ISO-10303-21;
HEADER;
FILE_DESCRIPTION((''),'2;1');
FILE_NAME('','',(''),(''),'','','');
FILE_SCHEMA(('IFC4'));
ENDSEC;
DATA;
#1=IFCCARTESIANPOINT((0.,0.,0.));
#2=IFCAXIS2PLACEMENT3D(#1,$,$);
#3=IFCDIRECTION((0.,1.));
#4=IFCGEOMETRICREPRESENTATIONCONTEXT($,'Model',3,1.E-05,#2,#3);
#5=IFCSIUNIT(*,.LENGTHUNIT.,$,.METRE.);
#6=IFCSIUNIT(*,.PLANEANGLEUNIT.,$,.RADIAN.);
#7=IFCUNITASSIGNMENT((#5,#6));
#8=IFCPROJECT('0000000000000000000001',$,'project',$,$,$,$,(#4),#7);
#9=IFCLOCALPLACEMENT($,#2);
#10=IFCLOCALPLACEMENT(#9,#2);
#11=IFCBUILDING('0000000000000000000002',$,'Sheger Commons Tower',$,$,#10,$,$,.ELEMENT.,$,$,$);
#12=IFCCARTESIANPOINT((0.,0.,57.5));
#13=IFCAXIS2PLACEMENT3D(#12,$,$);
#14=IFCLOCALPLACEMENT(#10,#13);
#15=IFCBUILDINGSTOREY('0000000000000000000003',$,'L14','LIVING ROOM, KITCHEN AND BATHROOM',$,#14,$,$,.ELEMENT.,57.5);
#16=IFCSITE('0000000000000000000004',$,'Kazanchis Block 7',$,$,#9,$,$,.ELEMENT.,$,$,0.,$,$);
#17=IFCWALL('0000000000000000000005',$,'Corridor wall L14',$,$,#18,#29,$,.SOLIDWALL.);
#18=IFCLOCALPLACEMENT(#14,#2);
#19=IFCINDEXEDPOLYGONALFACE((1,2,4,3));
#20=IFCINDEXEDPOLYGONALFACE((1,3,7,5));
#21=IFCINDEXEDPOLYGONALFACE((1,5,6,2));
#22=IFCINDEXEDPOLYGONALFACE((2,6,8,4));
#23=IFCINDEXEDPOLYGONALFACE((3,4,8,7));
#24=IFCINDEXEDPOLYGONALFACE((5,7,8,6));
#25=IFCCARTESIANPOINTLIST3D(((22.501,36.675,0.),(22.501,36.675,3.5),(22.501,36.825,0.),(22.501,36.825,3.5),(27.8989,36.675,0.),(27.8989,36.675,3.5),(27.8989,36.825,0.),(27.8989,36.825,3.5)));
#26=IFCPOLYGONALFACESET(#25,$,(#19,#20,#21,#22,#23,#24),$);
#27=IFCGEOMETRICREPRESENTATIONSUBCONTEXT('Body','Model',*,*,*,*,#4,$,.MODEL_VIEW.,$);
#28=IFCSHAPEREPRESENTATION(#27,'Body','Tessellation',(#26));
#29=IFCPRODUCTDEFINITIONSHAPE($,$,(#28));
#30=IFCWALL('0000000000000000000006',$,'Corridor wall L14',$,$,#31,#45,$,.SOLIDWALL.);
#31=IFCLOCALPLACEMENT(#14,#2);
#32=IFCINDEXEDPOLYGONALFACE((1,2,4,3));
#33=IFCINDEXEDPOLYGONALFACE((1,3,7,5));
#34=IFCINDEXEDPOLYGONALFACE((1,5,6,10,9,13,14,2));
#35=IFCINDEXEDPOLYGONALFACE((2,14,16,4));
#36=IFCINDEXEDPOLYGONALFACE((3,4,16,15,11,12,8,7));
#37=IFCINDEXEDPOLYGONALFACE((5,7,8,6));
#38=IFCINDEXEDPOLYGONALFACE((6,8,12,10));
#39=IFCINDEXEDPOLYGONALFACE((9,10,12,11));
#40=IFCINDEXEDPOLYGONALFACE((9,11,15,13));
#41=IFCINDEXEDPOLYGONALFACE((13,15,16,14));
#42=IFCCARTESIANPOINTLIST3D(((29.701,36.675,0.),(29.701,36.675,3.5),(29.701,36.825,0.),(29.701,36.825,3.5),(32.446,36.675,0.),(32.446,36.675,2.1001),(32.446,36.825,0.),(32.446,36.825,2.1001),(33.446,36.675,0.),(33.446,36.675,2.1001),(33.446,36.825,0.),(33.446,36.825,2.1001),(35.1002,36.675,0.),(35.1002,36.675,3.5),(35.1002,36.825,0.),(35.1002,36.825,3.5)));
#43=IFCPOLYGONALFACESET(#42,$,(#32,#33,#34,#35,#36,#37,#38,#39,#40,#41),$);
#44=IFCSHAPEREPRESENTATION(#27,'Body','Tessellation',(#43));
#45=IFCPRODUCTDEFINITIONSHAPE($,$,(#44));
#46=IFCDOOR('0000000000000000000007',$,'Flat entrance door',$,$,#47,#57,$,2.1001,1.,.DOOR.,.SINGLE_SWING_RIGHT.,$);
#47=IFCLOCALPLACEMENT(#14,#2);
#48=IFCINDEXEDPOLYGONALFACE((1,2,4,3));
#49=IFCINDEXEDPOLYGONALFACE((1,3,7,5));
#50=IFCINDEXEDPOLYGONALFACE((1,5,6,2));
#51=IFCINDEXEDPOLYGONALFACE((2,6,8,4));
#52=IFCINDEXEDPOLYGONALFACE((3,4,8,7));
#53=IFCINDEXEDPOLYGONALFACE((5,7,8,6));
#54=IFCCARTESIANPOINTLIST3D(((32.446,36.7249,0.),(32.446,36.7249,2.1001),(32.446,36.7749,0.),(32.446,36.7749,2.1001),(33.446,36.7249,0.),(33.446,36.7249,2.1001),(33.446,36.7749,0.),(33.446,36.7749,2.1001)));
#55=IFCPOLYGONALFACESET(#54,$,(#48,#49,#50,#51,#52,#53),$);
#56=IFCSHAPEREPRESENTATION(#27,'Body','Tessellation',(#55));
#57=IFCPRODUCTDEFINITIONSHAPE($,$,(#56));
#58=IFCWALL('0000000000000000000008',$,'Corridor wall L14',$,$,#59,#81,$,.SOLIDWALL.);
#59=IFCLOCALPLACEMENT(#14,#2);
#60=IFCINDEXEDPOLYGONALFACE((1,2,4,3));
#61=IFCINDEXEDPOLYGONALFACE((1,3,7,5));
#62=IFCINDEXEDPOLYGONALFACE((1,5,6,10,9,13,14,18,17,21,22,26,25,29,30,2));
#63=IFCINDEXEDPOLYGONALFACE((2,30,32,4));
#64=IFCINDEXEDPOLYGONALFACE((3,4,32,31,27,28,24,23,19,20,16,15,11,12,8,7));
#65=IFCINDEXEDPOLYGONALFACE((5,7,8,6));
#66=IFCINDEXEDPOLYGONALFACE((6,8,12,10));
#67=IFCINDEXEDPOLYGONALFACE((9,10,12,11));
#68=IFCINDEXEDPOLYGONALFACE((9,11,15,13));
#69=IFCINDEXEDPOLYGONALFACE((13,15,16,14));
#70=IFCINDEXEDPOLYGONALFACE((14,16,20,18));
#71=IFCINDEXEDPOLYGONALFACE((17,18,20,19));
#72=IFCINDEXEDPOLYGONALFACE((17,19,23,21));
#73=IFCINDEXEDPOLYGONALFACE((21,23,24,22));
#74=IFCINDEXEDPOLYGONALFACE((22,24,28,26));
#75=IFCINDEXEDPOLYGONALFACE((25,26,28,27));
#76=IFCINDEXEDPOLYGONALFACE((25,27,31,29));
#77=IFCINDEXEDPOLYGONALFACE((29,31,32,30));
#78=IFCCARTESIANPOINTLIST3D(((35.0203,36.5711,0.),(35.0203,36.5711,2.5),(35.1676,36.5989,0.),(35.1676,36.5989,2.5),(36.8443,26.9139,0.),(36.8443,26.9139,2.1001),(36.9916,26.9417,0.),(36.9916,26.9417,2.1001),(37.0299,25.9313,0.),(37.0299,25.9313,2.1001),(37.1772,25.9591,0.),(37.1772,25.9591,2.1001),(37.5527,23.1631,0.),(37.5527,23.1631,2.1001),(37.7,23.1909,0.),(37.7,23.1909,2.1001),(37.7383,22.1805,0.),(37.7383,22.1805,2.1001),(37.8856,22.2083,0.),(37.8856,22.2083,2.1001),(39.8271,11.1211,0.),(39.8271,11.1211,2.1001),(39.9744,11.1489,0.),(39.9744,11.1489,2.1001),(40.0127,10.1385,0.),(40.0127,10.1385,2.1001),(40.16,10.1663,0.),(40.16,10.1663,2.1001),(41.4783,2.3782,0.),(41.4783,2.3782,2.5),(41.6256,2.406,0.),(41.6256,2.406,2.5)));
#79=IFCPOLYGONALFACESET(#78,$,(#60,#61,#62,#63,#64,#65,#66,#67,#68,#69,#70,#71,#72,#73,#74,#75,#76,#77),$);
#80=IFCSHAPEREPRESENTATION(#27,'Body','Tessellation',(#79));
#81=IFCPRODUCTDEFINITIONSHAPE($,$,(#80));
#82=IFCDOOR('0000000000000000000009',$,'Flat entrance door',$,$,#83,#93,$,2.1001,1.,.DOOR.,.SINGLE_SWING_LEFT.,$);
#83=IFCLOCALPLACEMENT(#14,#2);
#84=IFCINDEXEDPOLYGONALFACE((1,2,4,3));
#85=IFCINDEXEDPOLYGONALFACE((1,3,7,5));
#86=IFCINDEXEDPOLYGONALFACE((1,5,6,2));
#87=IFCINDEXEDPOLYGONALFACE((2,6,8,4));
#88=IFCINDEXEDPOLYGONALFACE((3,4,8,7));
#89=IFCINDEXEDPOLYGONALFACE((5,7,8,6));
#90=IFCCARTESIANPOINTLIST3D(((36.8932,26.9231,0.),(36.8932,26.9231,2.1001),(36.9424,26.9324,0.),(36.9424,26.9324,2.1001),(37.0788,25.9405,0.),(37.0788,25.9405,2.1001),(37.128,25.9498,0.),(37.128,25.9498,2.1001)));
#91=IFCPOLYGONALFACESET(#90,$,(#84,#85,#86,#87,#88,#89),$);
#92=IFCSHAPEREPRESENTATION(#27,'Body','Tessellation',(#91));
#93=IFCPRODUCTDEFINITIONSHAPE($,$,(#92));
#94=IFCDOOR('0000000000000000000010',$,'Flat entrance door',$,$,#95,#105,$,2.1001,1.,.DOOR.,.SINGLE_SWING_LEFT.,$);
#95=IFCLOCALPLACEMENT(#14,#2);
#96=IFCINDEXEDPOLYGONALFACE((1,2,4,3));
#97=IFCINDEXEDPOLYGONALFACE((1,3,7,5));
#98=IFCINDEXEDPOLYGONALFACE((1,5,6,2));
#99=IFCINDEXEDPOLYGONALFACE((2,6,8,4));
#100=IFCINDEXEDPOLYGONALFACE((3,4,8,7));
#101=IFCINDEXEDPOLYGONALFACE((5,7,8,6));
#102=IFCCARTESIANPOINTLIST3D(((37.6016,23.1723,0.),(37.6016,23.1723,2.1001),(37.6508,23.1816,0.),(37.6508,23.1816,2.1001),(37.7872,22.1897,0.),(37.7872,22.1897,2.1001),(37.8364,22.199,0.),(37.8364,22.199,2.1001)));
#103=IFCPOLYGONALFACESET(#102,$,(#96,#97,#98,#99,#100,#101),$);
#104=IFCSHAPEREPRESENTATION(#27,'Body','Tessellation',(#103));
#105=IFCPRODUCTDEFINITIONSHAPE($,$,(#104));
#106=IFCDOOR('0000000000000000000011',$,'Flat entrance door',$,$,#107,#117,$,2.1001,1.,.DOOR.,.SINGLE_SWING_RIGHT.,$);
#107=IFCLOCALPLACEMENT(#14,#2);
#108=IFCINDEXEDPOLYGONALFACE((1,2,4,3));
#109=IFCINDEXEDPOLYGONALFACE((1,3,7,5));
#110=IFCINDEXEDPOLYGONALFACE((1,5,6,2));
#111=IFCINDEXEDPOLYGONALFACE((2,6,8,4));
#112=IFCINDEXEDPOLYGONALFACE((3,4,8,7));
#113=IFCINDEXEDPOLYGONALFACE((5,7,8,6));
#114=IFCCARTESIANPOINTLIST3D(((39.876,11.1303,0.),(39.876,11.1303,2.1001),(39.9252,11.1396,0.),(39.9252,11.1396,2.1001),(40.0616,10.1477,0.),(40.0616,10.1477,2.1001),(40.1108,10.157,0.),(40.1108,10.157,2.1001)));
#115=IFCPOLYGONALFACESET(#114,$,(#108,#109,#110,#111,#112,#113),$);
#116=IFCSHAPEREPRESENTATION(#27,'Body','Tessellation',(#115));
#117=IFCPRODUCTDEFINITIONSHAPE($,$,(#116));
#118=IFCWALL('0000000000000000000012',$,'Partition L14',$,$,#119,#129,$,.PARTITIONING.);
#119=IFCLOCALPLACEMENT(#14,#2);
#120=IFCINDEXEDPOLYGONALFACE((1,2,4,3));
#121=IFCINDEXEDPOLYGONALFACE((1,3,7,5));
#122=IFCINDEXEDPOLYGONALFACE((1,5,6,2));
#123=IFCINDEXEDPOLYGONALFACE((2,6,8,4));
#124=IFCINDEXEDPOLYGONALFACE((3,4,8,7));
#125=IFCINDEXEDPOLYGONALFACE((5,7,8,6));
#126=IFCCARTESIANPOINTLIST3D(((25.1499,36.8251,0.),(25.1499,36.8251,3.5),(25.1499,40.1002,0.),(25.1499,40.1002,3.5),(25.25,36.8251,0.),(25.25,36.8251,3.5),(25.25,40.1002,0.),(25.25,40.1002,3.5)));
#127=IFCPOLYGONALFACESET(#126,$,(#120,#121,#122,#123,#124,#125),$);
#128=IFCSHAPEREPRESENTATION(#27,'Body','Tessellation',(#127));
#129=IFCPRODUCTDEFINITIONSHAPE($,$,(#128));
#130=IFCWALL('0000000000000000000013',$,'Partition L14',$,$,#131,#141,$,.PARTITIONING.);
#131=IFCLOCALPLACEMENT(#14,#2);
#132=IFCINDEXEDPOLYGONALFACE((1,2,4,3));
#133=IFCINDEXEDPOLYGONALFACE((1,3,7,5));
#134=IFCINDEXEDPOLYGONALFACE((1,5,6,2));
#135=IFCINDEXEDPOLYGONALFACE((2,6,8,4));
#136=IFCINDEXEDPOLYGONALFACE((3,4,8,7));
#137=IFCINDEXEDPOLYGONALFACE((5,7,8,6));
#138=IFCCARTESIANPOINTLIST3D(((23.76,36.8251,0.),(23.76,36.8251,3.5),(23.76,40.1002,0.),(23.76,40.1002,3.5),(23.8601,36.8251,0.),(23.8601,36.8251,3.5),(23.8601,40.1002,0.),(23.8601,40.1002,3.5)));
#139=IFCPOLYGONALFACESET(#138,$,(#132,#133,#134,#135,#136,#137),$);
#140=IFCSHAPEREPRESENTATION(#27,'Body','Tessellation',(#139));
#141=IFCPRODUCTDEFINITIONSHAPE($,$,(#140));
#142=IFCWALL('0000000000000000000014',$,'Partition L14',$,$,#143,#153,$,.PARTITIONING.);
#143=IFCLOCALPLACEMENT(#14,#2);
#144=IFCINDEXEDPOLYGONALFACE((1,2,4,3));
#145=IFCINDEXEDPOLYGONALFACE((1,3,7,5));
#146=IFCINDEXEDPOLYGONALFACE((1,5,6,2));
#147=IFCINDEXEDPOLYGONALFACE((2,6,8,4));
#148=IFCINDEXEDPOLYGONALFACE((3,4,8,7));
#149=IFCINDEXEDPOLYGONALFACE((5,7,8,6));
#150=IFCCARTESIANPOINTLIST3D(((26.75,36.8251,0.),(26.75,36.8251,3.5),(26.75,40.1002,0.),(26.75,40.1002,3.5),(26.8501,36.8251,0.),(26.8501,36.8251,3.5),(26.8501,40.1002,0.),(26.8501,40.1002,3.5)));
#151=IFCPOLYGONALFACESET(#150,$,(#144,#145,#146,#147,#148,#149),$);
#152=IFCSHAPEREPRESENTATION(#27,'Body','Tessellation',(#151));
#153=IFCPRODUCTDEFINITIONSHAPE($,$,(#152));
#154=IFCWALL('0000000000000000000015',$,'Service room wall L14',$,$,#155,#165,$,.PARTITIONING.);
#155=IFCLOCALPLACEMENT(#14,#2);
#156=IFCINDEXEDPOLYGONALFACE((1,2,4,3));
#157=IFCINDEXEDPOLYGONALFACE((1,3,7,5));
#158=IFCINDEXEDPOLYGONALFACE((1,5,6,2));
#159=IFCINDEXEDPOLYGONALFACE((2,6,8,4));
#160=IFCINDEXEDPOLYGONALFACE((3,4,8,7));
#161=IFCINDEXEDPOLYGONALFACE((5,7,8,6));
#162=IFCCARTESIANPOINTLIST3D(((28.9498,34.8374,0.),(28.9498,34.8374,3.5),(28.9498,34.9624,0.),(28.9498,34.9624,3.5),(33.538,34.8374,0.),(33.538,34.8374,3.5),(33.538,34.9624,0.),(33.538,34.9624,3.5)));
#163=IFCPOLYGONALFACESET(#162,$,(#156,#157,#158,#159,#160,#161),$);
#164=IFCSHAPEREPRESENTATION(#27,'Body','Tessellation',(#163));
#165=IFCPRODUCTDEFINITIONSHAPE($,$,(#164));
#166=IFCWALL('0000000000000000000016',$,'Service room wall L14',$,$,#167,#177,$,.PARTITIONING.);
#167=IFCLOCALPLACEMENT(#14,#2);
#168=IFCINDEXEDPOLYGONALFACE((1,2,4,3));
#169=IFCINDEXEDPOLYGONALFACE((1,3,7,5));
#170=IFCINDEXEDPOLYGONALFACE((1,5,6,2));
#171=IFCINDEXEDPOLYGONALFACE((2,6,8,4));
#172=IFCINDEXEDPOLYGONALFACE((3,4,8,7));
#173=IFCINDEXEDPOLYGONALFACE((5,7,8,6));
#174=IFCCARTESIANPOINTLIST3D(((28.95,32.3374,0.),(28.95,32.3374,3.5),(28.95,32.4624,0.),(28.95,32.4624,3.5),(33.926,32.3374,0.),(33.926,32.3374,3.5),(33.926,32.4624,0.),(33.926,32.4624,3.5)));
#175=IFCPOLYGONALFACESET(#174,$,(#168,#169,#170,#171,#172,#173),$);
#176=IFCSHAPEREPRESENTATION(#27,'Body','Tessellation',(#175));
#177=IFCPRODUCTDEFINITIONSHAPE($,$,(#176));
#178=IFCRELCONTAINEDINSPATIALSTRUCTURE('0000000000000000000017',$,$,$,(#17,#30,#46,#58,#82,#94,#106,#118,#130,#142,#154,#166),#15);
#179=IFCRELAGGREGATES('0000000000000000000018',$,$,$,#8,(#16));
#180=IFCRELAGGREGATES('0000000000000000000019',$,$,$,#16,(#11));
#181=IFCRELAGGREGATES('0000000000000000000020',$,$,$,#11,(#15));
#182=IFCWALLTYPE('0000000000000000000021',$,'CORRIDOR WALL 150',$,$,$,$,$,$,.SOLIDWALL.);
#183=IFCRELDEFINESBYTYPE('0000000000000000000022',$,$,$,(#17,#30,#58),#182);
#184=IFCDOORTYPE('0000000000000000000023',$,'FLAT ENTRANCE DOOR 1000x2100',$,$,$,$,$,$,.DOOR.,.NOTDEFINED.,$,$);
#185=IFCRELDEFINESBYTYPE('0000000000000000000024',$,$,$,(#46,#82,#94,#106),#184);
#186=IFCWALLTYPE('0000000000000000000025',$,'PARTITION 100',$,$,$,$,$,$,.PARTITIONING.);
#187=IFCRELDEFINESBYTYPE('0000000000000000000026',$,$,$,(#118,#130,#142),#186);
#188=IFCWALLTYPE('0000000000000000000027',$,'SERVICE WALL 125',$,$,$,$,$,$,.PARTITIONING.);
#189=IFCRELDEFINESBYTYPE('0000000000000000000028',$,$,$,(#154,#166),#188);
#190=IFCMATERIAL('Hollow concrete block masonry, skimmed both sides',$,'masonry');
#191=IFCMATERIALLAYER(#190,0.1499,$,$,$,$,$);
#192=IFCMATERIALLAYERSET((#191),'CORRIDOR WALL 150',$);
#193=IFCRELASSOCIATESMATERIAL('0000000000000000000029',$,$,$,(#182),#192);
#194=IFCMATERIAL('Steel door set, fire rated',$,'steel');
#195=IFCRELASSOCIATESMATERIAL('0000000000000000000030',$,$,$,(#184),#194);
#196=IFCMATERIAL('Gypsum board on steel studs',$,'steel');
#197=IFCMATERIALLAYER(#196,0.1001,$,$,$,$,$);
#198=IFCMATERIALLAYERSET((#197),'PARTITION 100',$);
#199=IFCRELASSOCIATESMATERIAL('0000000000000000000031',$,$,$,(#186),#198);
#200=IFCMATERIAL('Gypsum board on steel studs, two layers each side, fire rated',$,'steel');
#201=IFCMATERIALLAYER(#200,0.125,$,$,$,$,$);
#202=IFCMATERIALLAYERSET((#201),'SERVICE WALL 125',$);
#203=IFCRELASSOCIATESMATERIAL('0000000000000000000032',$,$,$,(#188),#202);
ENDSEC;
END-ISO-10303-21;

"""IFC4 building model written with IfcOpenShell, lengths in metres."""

from ifc_helpers import new_model, si_unit, direction, frame, frame_2d, origin, place, context, subcontext, project, spatial, rectangle, extrude, material, layer, layer_set, type_object, element, fill, save


model = new_model("IFC4")

# Units and contexts
model_context = context("Model", 3, precision=1e-05, world=origin(), true_north=direction((0.0, 1.0)))
body_context = subcontext(model_context, "Body", "Model", "MODEL_VIEW")
ifc_project = project(units=[si_unit("LENGTHUNIT", "METRE"), si_unit("PLANEANGLEUNIT", "RADIAN")], contexts=[model_context])

# Site, building, storey
site_placement = place(None, origin())
site = spatial("IfcSite", under=ifc_project, at=site_placement, Name="Kazanchis Block 7", CompositionType="ELEMENT", RefElevation=0.0)
building_placement = place(site_placement, origin())
building = spatial("IfcBuilding", under=site, at=building_placement, Name="Sheger Commons Tower", CompositionType="ELEMENT")
storey_placement = place(building_placement, frame((0.0, 0.0, 57.5)))
storey = spatial("IfcBuildingStorey", under=building, at=storey_placement, Name="L14", Description="LIVING ROOM, KITCHEN AND BATHROOM", CompositionType="ELEMENT", Elevation=57.5)

# Wall
ifc_material_1 = material(Name="Hollow concrete block masonry, skimmed both sides", Category="masonry")
ifc_layer_1 = layer(ifc_material_1, 0.1499)
ifc_layer_set_1 = layer_set([ifc_layer_1], Name="CORRIDOR WALL 150")
wall_type_1 = type_object("IfcWallType", Name="CORRIDOR WALL 150", PredefinedType="SOLIDWALL", material=ifc_layer_set_1)
wall_1_placement = place(storey_placement, frame((22.501, 36.75, 0.0), z_axis=(0.0, 0.0, 1.0), x_axis=(1.0, 0.0, 0.0)))
element("IfcWall", 1, at=wall_1_placement, inside=storey, type_object=wall_type_1, Name="Corridor wall L14", PredefinedType="SOLIDWALL", context=body_context, shape_type="SweptSolid", body=[
    extrude(rectangle(XDim=5.3979, YDim=0.1499, at=frame_2d((2.699, 0.0))), origin(), (0.0, 0.0, 1.0), 3.5),
])

# Wall, opening, door
wall_2_placement = place(storey_placement, frame((29.7009, 36.75, 0.0), z_axis=(0.0, 0.0, 1.0), x_axis=(1.0, 0.0, 0.0)))
wall_2 = element("IfcWall", 2, at=wall_2_placement, inside=storey, type_object=wall_type_1, Name="Corridor wall L14", PredefinedType="SOLIDWALL", context=body_context, shape_type="SweptSolid", body=[
    extrude(rectangle(XDim=5.3992, YDim=0.1499, at=frame_2d((2.6997, 0.0))), origin(), (0.0, 0.0, 1.0), 3.5),
])
opening_1_placement = place(wall_2_placement, frame((2.7451, 0.0, 0.0)))
opening_1 = element("IfcOpeningElement", 3, at=opening_1_placement, cuts=wall_2, PredefinedType="OPENING", context=body_context, shape_type="SweptSolid", body=[
    extrude(rectangle(XDim=1.0, YDim=2.1001, at=frame_2d((0.5, 1.05))), frame((0.0, 0.085, 0.0), z_axis=(0.0, -1.0, 0.0), x_axis=(1.0, 0.0, 0.0)), (0.0, 0.0, 1.0), 0.1699),
])
ifc_material_2 = material(Name="Steel door set, fire rated", Category="steel")
door_type_1 = type_object("IfcDoorType", Name="FLAT ENTRANCE DOOR 1000x2100", OperationType="NOTDEFINED", PredefinedType="DOOR", material=ifc_material_2)
door_1_placement = place(opening_1_placement, origin())
door_1 = element("IfcDoor", 4, at=door_1_placement, inside=storey, type_object=door_type_1, Name="Flat entrance door", OperationType="SINGLE_SWING_RIGHT", OverallHeight=2.1001, OverallWidth=1.0, PredefinedType="DOOR", context=body_context, shape_type="SweptSolid", body=[
    extrude(rectangle(XDim=1.0, YDim=2.1001, at=frame_2d((0.5, 1.05))), frame((0.0, 0.0249, 0.0), z_axis=(0.0, -1.0, 0.0), x_axis=(1.0, 0.0, 0.0)), (0.0, 0.0, 1.0), 0.05),
])
fill(opening_1, door_1)

# Wall, openings, doors
wall_3_placement = place(storey_placement, frame((35.094, 36.585, 0.0), z_axis=(0.0, 0.0, 1.0), x_axis=(0.185589, -0.982627, 0.0)))
wall_3 = element("IfcWall", 5, at=wall_3_placement, inside=storey, type_object=wall_type_1, Name="Corridor wall L14", PredefinedType="SOLIDWALL", context=body_context, shape_type="SweptSolid", body=[
    extrude(rectangle(XDim=34.7974, YDim=0.1499, at=frame_2d((17.3987, 0.0))), origin(), (0.0, 0.0, 1.0), 2.5),
])
opening_2_placement = place(wall_3_placement, frame((9.8279, 0.0, 0.0)))
opening_2 = element("IfcOpeningElement", 6, at=opening_2_placement, cuts=wall_3, PredefinedType="OPENING", context=body_context, shape_type="SweptSolid", body=[
    extrude(rectangle(XDim=1.0, YDim=2.1001, at=frame_2d((0.5, 1.05))), frame((0.0, 0.085, 0.0), z_axis=(0.0, -1.0, 0.0), x_axis=(1.0, 0.0, 0.0)), (0.0, 0.0, 1.0), 0.1699),
])
opening_3_placement = place(wall_3_placement, frame((13.645, 0.0, 0.0)))
opening_3 = element("IfcOpeningElement", 7, at=opening_3_placement, cuts=wall_3, PredefinedType="OPENING", context=body_context, shape_type="SweptSolid", body=[
    extrude(rectangle(XDim=1.0, YDim=2.1001, at=frame_2d((0.5, 1.05))), frame((0.0, 0.085, 0.0), z_axis=(0.0, -1.0, 0.0), x_axis=(1.0, 0.0, 0.0)), (0.0, 0.0, 1.0), 0.1699),
])
opening_4_placement = place(wall_3_placement, frame((25.8999, 0.0, 0.0)))
opening_4 = element("IfcOpeningElement", 8, at=opening_4_placement, cuts=wall_3, PredefinedType="OPENING", context=body_context, shape_type="SweptSolid", body=[
    extrude(rectangle(XDim=1.0, YDim=2.1001, at=frame_2d((0.5, 1.05))), frame((0.0, 0.085, 0.0), z_axis=(0.0, -1.0, 0.0), x_axis=(1.0, 0.0, 0.0)), (0.0, 0.0, 1.0), 0.1699),
])
door_2_placement = place(opening_2_placement, origin())
door_2 = element("IfcDoor", 9, at=door_2_placement, inside=storey, type_object=door_type_1, Name="Flat entrance door", OperationType="SINGLE_SWING_LEFT", OverallHeight=2.1001, OverallWidth=1.0, PredefinedType="DOOR", context=body_context, shape_type="SweptSolid", body=[
    extrude(rectangle(XDim=1.0, YDim=2.1001, at=frame_2d((0.5, 1.05))), frame((0.0, 0.0249, 0.0), z_axis=(0.0, -1.0, 0.0), x_axis=(1.0, 0.0, 0.0)), (0.0, 0.0, 1.0), 0.05),
])
fill(opening_2, door_2)
door_3_placement = place(opening_3_placement, origin())
door_3 = element("IfcDoor", 10, at=door_3_placement, inside=storey, type_object=door_type_1, Name="Flat entrance door", OperationType="SINGLE_SWING_LEFT", OverallHeight=2.1001, OverallWidth=1.0, PredefinedType="DOOR", context=body_context, shape_type="SweptSolid", body=[
    extrude(rectangle(XDim=1.0, YDim=2.1001, at=frame_2d((0.5, 1.05))), frame((0.0, 0.0249, 0.0), z_axis=(0.0, -1.0, 0.0), x_axis=(1.0, 0.0, 0.0)), (0.0, 0.0, 1.0), 0.05),
])
fill(opening_3, door_3)
door_4_placement = place(opening_4_placement, origin())
door_4 = element("IfcDoor", 11, at=door_4_placement, inside=storey, type_object=door_type_1, Name="Flat entrance door", OperationType="SINGLE_SWING_RIGHT", OverallHeight=2.1001, OverallWidth=1.0, PredefinedType="DOOR", context=body_context, shape_type="SweptSolid", body=[
    extrude(rectangle(XDim=1.0, YDim=2.1001, at=frame_2d((0.5, 1.05))), frame((0.0, 0.0249, 0.0), z_axis=(0.0, -1.0, 0.0), x_axis=(1.0, 0.0, 0.0)), (0.0, 0.0, 1.0), 0.05),
])
fill(opening_4, door_4)

# Walls
ifc_material_3 = material(Name="Gypsum board on steel studs", Category="steel")
ifc_layer_2 = layer(ifc_material_3, 0.1001)
ifc_layer_set_2 = layer_set([ifc_layer_2], Name="PARTITION 100")
wall_type_2 = type_object("IfcWallType", Name="PARTITION 100", PredefinedType="PARTITIONING", material=ifc_layer_set_2)
for number, where, z_axis, x_axis, name in (
    (12, (25.2, 36.825, 0.0), (0.0, 0.0, 1.0), (0.0, 1.0, 0.0), "Partition L14"),
    (13, (23.8101, 36.825, 0.0), (0.0, 0.0, 1.0), (0.0, 1.0, 0.0), "Partition L14"),
    (14, (26.8, 36.825, 0.0), (0.0, 0.0, 1.0), (0.0, 1.0, 0.0), "Partition L14"),
):
    element("IfcWall", number, at=place(storey_placement, frame(where, z_axis=z_axis, x_axis=x_axis)), inside=storey, type_object=wall_type_2, Name=name, PredefinedType="PARTITIONING", context=body_context, shape_type="SweptSolid", body=[
        extrude(rectangle(XDim=3.2751, YDim=0.1001, at=frame_2d((1.6377, 0.0))), origin(), (0.0, 0.0, 1.0), 3.5),
    ])
ifc_material_4 = material(Name="Gypsum board on steel studs, two layers each side, fire rated", Category="steel")
ifc_layer_3 = layer(ifc_material_4, 0.125)
ifc_layer_set_3 = layer_set([ifc_layer_3], Name="SERVICE WALL 125")
wall_type_3 = type_object("IfcWallType", Name="SERVICE WALL 125", PredefinedType="PARTITIONING", material=ifc_layer_set_3)
wall_4_placement = place(storey_placement, frame((28.95, 34.8999, 0.0), z_axis=(0.0, 0.0, 1.0), x_axis=(1.0, 0.0, 0.0)))
element("IfcWall", 15, at=wall_4_placement, inside=storey, type_object=wall_type_3, Name="Service room wall L14", PredefinedType="PARTITIONING", context=body_context, shape_type="SweptSolid", body=[
    extrude(rectangle(XDim=4.5881, YDim=0.125, at=frame_2d((2.2939, 0.0))), origin(), (0.0, 0.0, 1.0), 3.5),
])
wall_5_placement = place(storey_placement, frame((28.95, 32.3999, 0.0), z_axis=(0.0, 0.0, 1.0), x_axis=(1.0, 0.0, 0.0)))
element("IfcWall", 16, at=wall_5_placement, inside=storey, type_object=wall_type_3, Name="Service room wall L14", PredefinedType="PARTITIONING", context=body_context, shape_type="SweptSolid", body=[
    extrude(rectangle(XDim=4.9761, YDim=0.125, at=frame_2d((2.488, 0.0))), origin(), (0.0, 0.0, 1.0), 3.5),
])

save(model, "model.ifc")
